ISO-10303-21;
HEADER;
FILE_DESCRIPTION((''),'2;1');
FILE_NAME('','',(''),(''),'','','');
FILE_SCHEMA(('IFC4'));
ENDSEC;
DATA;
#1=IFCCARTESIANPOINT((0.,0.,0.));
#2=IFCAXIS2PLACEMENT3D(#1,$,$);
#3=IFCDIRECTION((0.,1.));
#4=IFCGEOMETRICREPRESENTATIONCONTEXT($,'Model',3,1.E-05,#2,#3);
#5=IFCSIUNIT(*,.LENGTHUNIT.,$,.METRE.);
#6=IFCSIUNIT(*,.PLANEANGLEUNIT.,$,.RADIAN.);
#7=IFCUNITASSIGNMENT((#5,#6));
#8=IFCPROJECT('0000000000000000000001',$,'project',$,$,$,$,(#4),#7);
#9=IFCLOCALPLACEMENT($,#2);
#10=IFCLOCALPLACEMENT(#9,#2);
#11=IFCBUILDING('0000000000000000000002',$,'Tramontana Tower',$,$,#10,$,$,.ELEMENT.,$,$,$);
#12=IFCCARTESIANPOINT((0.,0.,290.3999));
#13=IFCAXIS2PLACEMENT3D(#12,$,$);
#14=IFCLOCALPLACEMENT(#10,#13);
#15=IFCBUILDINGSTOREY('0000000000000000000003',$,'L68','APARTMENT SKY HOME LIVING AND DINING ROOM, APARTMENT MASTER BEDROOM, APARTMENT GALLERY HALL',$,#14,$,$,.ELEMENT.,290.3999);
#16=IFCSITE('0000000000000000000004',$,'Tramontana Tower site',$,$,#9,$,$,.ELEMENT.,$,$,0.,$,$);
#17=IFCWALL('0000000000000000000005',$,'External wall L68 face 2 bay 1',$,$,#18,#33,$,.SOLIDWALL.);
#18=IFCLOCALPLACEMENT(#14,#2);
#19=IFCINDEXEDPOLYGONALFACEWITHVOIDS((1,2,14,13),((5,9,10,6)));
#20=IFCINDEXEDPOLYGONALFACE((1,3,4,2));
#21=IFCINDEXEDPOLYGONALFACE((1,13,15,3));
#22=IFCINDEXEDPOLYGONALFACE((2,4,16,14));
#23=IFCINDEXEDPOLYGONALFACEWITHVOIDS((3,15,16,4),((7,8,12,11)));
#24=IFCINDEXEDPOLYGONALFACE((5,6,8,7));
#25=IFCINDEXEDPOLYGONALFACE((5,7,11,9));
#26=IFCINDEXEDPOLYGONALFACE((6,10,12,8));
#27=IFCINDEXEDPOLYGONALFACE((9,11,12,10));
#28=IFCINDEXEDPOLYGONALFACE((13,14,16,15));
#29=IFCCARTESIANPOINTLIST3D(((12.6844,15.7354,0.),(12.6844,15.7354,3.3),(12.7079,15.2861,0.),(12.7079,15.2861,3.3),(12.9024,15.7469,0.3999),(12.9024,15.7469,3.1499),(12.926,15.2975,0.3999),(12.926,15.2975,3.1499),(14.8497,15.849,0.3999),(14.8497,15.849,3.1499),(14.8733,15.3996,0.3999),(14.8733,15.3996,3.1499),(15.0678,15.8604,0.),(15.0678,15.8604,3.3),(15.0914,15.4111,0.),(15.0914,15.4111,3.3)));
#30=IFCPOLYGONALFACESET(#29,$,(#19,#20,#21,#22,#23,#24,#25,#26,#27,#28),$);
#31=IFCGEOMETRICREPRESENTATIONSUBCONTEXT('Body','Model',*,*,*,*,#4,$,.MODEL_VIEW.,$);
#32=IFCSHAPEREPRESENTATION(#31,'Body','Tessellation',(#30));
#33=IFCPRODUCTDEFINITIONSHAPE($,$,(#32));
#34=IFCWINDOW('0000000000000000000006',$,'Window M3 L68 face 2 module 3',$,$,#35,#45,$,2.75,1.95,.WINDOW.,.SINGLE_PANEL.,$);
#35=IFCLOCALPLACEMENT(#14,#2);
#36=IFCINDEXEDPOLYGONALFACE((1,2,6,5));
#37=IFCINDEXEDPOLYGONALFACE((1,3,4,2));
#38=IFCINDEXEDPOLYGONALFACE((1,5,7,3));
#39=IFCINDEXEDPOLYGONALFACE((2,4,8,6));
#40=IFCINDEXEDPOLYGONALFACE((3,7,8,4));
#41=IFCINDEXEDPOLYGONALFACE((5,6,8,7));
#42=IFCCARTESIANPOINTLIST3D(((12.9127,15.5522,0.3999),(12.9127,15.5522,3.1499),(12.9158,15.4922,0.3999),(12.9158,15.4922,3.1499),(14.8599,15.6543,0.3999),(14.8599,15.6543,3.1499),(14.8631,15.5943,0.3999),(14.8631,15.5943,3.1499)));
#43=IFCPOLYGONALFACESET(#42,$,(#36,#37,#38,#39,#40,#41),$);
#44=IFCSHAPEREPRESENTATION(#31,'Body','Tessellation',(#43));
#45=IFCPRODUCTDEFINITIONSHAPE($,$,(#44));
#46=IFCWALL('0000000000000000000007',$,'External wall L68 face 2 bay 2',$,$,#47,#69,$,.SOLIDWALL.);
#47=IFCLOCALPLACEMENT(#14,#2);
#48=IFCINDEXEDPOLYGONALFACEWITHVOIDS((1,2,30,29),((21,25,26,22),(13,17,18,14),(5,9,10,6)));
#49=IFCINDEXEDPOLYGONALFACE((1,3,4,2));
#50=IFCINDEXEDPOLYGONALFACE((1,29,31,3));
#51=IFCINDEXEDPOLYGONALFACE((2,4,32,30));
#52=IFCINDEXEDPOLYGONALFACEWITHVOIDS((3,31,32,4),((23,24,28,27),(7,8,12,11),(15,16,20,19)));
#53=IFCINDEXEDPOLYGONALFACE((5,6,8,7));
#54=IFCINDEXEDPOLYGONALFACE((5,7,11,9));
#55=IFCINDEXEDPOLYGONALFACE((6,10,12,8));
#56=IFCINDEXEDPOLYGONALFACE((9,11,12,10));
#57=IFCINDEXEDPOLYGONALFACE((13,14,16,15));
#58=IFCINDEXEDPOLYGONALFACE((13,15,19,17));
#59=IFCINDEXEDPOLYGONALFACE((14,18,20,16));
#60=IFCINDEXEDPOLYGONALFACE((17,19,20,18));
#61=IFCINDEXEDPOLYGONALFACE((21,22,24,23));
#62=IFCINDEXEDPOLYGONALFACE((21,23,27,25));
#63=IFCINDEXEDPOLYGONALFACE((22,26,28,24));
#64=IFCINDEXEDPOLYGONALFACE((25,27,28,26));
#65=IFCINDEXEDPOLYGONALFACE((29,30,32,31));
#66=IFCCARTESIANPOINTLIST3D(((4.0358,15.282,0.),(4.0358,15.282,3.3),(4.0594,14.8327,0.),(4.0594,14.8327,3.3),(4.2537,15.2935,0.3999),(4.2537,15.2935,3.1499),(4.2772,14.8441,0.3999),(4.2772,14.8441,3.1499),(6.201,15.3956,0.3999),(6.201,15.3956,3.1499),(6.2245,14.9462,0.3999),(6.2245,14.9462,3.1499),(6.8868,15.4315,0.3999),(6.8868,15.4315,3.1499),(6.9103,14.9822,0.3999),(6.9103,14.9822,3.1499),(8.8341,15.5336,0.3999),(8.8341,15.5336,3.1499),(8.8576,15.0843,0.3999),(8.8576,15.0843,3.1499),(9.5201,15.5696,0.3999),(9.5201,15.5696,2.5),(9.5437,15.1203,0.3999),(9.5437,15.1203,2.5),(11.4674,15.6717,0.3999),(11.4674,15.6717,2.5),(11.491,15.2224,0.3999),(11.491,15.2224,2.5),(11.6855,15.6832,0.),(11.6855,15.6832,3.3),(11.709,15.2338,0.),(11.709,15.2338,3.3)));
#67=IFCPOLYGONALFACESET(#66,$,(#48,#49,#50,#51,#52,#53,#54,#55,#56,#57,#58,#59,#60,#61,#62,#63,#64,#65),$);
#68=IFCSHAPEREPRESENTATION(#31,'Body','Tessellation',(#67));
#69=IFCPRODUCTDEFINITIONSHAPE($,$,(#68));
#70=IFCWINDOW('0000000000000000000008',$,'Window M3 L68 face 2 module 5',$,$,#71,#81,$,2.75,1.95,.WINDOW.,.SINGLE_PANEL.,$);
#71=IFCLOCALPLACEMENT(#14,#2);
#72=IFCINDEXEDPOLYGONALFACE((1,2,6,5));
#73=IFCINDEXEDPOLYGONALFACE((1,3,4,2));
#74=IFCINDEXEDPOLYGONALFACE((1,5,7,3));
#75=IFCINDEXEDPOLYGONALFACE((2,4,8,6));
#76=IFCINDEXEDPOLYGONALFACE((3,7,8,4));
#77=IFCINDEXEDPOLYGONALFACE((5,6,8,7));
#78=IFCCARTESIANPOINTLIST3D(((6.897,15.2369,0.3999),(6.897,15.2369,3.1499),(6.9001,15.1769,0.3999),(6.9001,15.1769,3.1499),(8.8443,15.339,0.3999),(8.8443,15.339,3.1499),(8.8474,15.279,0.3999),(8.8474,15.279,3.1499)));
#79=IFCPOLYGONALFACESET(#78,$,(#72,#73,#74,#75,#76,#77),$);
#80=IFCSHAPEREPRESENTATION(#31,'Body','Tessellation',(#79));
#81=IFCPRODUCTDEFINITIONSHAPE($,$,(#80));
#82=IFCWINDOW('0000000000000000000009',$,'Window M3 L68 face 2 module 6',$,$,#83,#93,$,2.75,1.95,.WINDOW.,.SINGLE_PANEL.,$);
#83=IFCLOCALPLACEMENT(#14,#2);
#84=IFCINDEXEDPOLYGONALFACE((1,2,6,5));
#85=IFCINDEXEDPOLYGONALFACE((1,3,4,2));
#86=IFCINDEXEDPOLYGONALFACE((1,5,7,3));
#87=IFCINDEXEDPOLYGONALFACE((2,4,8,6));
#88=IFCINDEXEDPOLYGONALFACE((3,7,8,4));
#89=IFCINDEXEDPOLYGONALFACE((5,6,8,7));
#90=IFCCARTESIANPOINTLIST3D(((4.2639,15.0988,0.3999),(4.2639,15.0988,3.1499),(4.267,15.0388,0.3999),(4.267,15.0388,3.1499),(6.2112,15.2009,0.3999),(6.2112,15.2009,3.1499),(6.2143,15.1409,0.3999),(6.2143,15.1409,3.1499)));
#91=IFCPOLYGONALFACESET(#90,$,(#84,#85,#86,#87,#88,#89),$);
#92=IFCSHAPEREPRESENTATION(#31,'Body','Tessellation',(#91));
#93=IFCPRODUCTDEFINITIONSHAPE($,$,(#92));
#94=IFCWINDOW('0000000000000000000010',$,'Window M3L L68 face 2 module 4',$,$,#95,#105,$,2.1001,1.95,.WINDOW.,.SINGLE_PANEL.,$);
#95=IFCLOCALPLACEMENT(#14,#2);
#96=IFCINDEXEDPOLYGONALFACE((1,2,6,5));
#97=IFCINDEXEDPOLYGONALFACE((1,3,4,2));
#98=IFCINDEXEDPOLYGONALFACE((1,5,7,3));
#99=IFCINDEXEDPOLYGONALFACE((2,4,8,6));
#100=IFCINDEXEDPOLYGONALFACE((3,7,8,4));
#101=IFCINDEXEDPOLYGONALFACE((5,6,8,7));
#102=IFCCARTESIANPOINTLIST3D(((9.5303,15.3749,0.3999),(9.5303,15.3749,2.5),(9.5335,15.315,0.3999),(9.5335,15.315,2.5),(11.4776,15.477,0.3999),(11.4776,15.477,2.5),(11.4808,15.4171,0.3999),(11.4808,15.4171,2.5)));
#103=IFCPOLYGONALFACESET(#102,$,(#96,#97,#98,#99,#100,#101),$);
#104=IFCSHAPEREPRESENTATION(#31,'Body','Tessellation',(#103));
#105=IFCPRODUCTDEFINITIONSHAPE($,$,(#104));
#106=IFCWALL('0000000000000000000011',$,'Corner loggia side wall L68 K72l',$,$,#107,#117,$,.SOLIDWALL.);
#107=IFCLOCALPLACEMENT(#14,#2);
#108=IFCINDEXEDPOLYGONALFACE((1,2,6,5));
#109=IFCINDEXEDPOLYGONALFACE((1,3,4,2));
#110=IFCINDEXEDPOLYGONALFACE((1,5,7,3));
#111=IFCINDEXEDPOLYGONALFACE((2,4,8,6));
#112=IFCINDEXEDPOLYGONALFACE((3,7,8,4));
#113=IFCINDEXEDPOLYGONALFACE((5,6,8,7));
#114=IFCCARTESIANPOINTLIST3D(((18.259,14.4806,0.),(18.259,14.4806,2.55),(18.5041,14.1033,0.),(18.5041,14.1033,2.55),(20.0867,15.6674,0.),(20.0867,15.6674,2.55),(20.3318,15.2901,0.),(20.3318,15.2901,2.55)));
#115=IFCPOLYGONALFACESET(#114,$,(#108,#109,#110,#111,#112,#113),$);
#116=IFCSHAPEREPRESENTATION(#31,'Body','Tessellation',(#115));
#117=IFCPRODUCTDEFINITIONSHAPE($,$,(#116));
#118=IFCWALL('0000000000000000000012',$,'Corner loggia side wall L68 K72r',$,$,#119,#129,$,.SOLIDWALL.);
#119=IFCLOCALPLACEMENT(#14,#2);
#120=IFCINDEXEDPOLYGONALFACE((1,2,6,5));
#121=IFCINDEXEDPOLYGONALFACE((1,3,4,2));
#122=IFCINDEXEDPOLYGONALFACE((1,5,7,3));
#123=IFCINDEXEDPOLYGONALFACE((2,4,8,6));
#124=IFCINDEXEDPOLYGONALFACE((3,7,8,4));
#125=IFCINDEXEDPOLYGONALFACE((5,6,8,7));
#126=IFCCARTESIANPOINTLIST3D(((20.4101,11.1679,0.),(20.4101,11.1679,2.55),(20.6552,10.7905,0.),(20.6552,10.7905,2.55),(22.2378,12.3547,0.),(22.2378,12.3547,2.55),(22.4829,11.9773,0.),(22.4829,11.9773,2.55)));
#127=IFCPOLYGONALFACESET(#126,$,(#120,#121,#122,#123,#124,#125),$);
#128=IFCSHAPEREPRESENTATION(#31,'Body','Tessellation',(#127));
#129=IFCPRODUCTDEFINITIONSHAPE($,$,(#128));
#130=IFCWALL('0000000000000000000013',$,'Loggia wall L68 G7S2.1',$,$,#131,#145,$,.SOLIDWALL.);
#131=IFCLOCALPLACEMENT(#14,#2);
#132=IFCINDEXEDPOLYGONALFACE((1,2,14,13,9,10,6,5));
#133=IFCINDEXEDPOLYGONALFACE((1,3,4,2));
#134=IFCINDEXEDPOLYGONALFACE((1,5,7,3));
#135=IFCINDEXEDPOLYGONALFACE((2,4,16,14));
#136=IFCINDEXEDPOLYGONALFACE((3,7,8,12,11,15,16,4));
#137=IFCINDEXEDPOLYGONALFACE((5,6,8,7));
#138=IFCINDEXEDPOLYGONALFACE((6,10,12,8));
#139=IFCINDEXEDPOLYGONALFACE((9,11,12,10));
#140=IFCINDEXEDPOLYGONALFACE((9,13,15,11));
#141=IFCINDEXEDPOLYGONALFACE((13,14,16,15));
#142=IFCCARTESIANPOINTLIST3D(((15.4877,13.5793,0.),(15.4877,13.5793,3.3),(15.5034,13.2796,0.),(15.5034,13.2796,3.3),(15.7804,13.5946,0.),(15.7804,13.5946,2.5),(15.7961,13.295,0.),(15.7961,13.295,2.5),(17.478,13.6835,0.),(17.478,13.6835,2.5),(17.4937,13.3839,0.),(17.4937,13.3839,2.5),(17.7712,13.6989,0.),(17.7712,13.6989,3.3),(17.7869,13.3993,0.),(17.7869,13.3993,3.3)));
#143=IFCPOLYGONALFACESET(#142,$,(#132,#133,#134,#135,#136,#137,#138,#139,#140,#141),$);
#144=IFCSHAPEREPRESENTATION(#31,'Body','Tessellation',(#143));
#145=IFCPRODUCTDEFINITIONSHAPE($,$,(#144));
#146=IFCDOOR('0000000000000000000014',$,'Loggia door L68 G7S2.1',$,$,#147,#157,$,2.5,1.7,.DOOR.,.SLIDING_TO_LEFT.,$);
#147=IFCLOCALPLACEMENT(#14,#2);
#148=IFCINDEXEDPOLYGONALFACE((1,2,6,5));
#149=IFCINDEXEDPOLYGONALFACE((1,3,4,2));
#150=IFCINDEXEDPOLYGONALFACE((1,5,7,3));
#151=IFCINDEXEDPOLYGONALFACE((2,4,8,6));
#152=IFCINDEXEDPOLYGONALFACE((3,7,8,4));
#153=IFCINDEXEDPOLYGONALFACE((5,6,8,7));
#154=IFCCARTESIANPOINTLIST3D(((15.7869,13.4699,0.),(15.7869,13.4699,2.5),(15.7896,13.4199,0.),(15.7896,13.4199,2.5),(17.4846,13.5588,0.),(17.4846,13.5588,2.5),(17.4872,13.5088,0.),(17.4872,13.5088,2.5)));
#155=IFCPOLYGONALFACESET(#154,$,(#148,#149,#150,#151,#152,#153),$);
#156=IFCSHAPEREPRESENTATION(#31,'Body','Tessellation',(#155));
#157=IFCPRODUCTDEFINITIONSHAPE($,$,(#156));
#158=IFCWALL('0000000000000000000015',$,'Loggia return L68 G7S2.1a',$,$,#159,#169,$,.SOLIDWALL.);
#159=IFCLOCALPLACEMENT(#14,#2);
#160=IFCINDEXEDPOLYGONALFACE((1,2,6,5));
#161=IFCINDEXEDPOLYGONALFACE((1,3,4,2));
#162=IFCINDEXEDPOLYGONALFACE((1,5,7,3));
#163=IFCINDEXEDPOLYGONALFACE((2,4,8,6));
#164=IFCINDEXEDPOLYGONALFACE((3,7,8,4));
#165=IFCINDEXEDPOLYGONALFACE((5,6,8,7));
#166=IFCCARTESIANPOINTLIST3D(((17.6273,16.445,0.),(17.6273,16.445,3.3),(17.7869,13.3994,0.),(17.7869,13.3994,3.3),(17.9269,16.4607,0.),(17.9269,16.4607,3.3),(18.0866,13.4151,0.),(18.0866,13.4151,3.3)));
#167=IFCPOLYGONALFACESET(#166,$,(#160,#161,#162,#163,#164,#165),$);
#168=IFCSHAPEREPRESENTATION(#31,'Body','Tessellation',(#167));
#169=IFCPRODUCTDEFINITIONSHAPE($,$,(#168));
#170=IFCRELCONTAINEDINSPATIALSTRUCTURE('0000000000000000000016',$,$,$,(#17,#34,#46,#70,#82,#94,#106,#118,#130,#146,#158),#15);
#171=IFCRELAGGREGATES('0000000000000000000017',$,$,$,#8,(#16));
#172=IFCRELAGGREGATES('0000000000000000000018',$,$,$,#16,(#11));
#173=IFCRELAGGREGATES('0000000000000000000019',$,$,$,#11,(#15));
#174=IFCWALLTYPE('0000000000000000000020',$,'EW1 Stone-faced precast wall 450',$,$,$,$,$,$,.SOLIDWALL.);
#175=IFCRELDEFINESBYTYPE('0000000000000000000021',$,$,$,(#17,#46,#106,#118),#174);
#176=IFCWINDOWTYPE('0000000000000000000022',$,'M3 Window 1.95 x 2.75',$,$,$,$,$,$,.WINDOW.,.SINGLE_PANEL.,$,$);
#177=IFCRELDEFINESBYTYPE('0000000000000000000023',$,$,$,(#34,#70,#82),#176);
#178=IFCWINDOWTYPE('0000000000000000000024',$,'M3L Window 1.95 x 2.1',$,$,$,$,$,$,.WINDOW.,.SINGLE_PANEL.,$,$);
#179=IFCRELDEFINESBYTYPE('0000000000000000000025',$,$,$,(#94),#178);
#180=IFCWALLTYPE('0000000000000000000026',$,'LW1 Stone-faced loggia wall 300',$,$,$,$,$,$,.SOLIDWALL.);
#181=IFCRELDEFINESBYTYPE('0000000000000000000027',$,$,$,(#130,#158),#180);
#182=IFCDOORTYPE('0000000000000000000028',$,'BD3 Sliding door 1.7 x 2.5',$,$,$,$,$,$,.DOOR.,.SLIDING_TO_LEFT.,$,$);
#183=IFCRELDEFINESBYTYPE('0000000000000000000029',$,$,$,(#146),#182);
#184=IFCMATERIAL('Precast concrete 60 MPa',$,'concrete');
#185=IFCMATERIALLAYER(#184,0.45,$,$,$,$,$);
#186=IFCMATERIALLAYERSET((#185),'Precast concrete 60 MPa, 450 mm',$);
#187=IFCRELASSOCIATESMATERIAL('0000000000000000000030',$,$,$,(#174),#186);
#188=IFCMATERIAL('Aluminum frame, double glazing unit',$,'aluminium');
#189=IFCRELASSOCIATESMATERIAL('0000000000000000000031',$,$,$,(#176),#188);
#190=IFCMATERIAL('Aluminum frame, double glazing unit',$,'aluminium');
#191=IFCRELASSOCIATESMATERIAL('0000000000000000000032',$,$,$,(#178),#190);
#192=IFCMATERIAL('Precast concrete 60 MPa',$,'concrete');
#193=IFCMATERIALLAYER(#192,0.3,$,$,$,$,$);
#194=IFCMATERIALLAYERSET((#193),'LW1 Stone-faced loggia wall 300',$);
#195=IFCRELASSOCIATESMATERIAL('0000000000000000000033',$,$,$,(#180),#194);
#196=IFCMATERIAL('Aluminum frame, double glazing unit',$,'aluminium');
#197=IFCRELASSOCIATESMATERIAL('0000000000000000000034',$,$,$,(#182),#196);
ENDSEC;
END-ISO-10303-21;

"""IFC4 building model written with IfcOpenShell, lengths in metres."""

from ifc_helpers import new_model, si_unit, direction, frame, frame_2d, origin, place, context, subcontext, project, spatial, rectangle, extrude, material, layer, layer_set, type_object, element, fill, save


model = new_model("IFC4")

# Units and contexts
model_context = context("Model", 3, precision=1e-05, world=origin(), true_north=direction((0.0, 1.0)))
body_context = subcontext(model_context, "Body", "Model", "MODEL_VIEW")
ifc_project = project(units=[si_unit("LENGTHUNIT", "METRE"), si_unit("PLANEANGLEUNIT", "RADIAN")], contexts=[model_context])

# Site, building, storey
site_placement = place(None, origin())
site = spatial("IfcSite", under=ifc_project, at=site_placement, Name="Tramontana Tower site", CompositionType="ELEMENT", RefElevation=0.0)
building_placement = place(site_placement, origin())
building = spatial("IfcBuilding", under=site, at=building_placement, Name="Tramontana Tower", CompositionType="ELEMENT")
storey_placement = place(building_placement, frame((0.0, 0.0, 290.3999)))
storey = spatial("IfcBuildingStorey", under=building, at=storey_placement, Name="L68", Description="APARTMENT SKY HOME LIVING AND DINING ROOM, APARTMENT MASTER BEDROOM, APARTMENT GALLERY HALL", CompositionType="ELEMENT", Elevation=290.3999)

# Wall, opening, window
ifc_material_1 = material(Name="Precast concrete 60 MPa", Category="concrete")
ifc_layer_1 = layer(ifc_material_1, 0.45)
ifc_layer_set_1 = layer_set([ifc_layer_1], Name="Precast concrete 60 MPa, 450 mm")
wall_type_1 = type_object("IfcWallType", Name="EW1 Stone-faced precast wall 450", PredefinedType="SOLIDWALL", material=ifc_layer_set_1)
wall_1_placement = place(storey_placement, frame((15.0796, 15.6357, 0.0), z_axis=(0.0, 0.0, 1.0), x_axis=(-0.998628, -0.052371, 0.0)))
wall_1 = element("IfcWall", 1, at=wall_1_placement, inside=storey, type_object=wall_type_1, Name="External wall L68 face 2 bay 1", PredefinedType="SOLIDWALL", context=body_context, shape_type="SweptSolid", body=[
    extrude(rectangle(XDim=2.3867, YDim=0.45, at=frame_2d((1.1934, 0.0))), origin(), (0.0, 0.0, 1.0), 3.3),
])
opening_1_placement = place(wall_1_placement, frame((0.2183, 0.0, 0.3999)))
opening_1 = element("IfcOpeningElement", 2, at=opening_1_placement, cuts=wall_1, PredefinedType="OPENING", context=body_context, shape_type="SweptSolid", body=[
    extrude(rectangle(XDim=1.95, YDim=2.75, at=frame_2d((0.9751, 1.375))), frame((0.0, 0.2349, 0.0), z_axis=(0.0, -1.0, 0.0), x_axis=(1.0, 0.0, 0.0)), (0.0, 0.0, 1.0), 0.47),
])
ifc_material_2 = material(Name="Aluminum frame, double glazing unit", Category="aluminium")
window_type_1 = type_object("IfcWindowType", Name="M3 Window 1.95 x 2.75", PartitioningType="SINGLE_PANEL", PredefinedType="WINDOW", material=ifc_material_2)
window_1_placement = place(opening_1_placement, origin())
window_1 = element("IfcWindow", 3, at=window_1_placement, inside=storey, type_object=window_type_1, Name="Window M3 L68 face 2 module 3", OverallHeight=2.75, OverallWidth=1.95, PartitioningType="SINGLE_PANEL", PredefinedType="WINDOW", context=body_context, shape_type="SweptSolid", body=[
    extrude(rectangle(XDim=1.95, YDim=2.75, at=frame_2d((0.9751, 1.375))), frame((0.0, 0.03, 0.0), z_axis=(0.0, -1.0, 0.0), x_axis=(1.0, 0.0, 0.0)), (0.0, 0.0, 1.0), 0.0601),
])
fill(opening_1, window_1)

# Wall, openings, windows
wall_2_placement = place(storey_placement, frame((11.6973, 15.4585, 0.0), z_axis=(0.0, 0.0, 1.0), x_axis=(-0.998628, -0.052365, 0.0)))
wall_2 = element("IfcWall", 4, at=wall_2_placement, inside=storey, type_object=wall_type_1, Name="External wall L68 face 2 bay 2", PredefinedType="SOLIDWALL", context=body_context, shape_type="SweptSolid", body=[
    extrude(rectangle(XDim=7.6602, YDim=0.45, at=frame_2d((3.8301, 0.0))), origin(), (0.0, 0.0, 1.0), 3.3),
])
opening_2_placement = place(wall_2_placement, frame((0.2183, 0.0, 0.3999)))
opening_2 = element("IfcOpeningElement", 5, at=opening_2_placement, cuts=wall_2, PredefinedType="OPENING", context=body_context, shape_type="SweptSolid", body=[
    extrude(rectangle(XDim=1.95, YDim=2.1001, at=frame_2d((0.9751, 1.05))), frame((0.0, 0.2349, 0.0), z_axis=(0.0, -1.0, 0.0), x_axis=(1.0, 0.0, 0.0)), (0.0, 0.0, 1.0), 0.47),
])
opening_3_placement = place(wall_2_placement, frame((2.8552, 0.0, 0.3999)))
opening_3 = element("IfcOpeningElement", 6, at=opening_3_placement, cuts=wall_2, PredefinedType="OPENING", context=body_context, shape_type="SweptSolid", body=[
    extrude(rectangle(XDim=1.95, YDim=2.75, at=frame_2d((0.9751, 1.375))), frame((0.0, 0.2349, 0.0), z_axis=(0.0, -1.0, 0.0), x_axis=(1.0, 0.0, 0.0)), (0.0, 0.0, 1.0), 0.47),
])
opening_4_placement = place(wall_2_placement, frame((5.4919, 0.0, 0.3999)))
opening_4 = element("IfcOpeningElement", 7, at=opening_4_placement, cuts=wall_2, PredefinedType="OPENING", context=body_context, shape_type="SweptSolid", body=[
    extrude(rectangle(XDim=1.95, YDim=2.75, at=frame_2d((0.9751, 1.375))), frame((0.0, 0.2349, 0.0), z_axis=(0.0, -1.0, 0.0), x_axis=(1.0, 0.0, 0.0)), (0.0, 0.0, 1.0), 0.47),
])
window_2_placement = place(opening_3_placement, origin())
window_2 = element("IfcWindow", 8, at=window_2_placement, inside=storey, type_object=window_type_1, Name="Window M3 L68 face 2 module 5", OverallHeight=2.75, OverallWidth=1.95, PartitioningType="SINGLE_PANEL", PredefinedType="WINDOW", context=body_context, shape_type="SweptSolid", body=[
    extrude(rectangle(XDim=1.95, YDim=2.75, at=frame_2d((0.9751, 1.375))), frame((0.0, 0.03, 0.0), z_axis=(0.0, -1.0, 0.0), x_axis=(1.0, 0.0, 0.0)), (0.0, 0.0, 1.0), 0.0601),
])
fill(opening_3, window_2)
window_3_placement = place(opening_4_placement, origin())
window_3 = element("IfcWindow", 9, at=window_3_placement, inside=storey, type_object=window_type_1, Name="Window M3 L68 face 2 module 6", OverallHeight=2.75, OverallWidth=1.95, PartitioningType="SINGLE_PANEL", PredefinedType="WINDOW", context=body_context, shape_type="SweptSolid", body=[
    extrude(rectangle(XDim=1.95, YDim=2.75, at=frame_2d((0.9751, 1.375))), frame((0.0, 0.03, 0.0), z_axis=(0.0, -1.0, 0.0), x_axis=(1.0, 0.0, 0.0)), (0.0, 0.0, 1.0), 0.0601),
])
fill(opening_4, window_3)
ifc_material_3 = material(Name="Aluminum frame, double glazing unit", Category="aluminium")
window_type_2 = type_object("IfcWindowType", Name="M3L Window 1.95 x 2.1", PartitioningType="SINGLE_PANEL", PredefinedType="WINDOW", material=ifc_material_3)
window_4_placement = place(opening_2_placement, origin())
window_4 = element("IfcWindow", 10, at=window_4_placement, inside=storey, type_object=window_type_2, Name="Window M3L L68 face 2 module 4", OverallHeight=2.1001, OverallWidth=1.95, PartitioningType="SINGLE_PANEL", PredefinedType="WINDOW", context=body_context, shape_type="SweptSolid", body=[
    extrude(rectangle(XDim=1.95, YDim=2.1001, at=frame_2d((0.9751, 1.05))), frame((0.0, 0.03, 0.0), z_axis=(0.0, -1.0, 0.0), x_axis=(1.0, 0.0, 0.0)), (0.0, 0.0, 1.0), 0.0601),
])
fill(opening_2, window_4)

# Walls
for number, where, z_axis, x_axis, name in (
    (11, (20.2092, 15.4788, 0.0), (0.0, 0.0, 1.0), (-0.838694, -0.544602, 0.0), "Corner loggia side wall L68 K72l"),
    (12, (22.3604, 12.166, 0.0), (0.0, 0.0, 1.0), (-0.838694, -0.544602, 0.0), "Corner loggia side wall L68 K72r"),
):
    element("IfcWall", number, at=place(storey_placement, frame(where, z_axis=z_axis, x_axis=x_axis)), inside=storey, type_object=wall_type_1, Name=name, PredefinedType="SOLIDWALL", context=body_context, shape_type="SweptSolid", body=[
        extrude(rectangle(XDim=2.1792, YDim=0.45, at=frame_2d((1.0896, 0.0))), origin(), (0.0, 0.0, 1.0), 2.55),
    ])

# Wall, opening, door
ifc_material_4 = material(Name="Precast concrete 60 MPa", Category="concrete")
ifc_layer_2 = layer(ifc_material_4, 0.3)
ifc_layer_set_2 = layer_set([ifc_layer_2], Name="LW1 Stone-faced loggia wall 300")
wall_type_2 = type_object("IfcWallType", Name="LW1 Stone-faced loggia wall 300", PredefinedType="SOLIDWALL", material=ifc_layer_set_2)
wall_3_placement = place(storey_placement, frame((17.7791, 13.5491, 0.0), z_axis=(0.0, 0.0, 1.0), x_axis=(-0.99863, -0.052318, 0.0)))
wall_3 = element("IfcWall", 13, at=wall_3_placement, inside=storey, type_object=wall_type_2, Name="Loggia wall L68 G7S2.1", PredefinedType="SOLIDWALL", context=body_context, shape_type="SweptSolid", body=[
    extrude(rectangle(XDim=2.2866, YDim=0.3, at=frame_2d((1.1433, 0.0))), origin(), (0.0, 0.0, 1.0), 3.3),
])
opening_5_placement = place(wall_3_placement, frame((0.2935, 0.0, 0.0)))
opening_5 = element("IfcOpeningElement", 14, at=opening_5_placement, cuts=wall_3, PredefinedType="OPENING", context=body_context, shape_type="SweptSolid", body=[
    extrude(rectangle(XDim=1.7, YDim=2.5, at=frame_2d((0.8501, 1.25))), frame((0.0, 0.1599, 0.0), z_axis=(0.0, -1.0, 0.0), x_axis=(1.0, 0.0, 0.0)), (0.0, 0.0, 1.0), 0.3201),
])
ifc_material_5 = material(Name="Aluminum frame, double glazing unit", Category="aluminium")
door_type_1 = type_object("IfcDoorType", Name="BD3 Sliding door 1.7 x 2.5", OperationType="SLIDING_TO_LEFT", PredefinedType="DOOR", material=ifc_material_5)
door_1_placement = place(opening_5_placement, origin())
door_1 = element("IfcDoor", 15, at=door_1_placement, inside=storey, type_object=door_type_1, Name="Loggia door L68 G7S2.1", OperationType="SLIDING_TO_LEFT", OverallHeight=2.5, OverallWidth=1.7, PredefinedType="DOOR", context=body_context, shape_type="SweptSolid", body=[
    extrude(rectangle(XDim=1.7, YDim=2.5, at=frame_2d((0.8501, 1.25))), frame((0.0, 0.0249, 0.0), z_axis=(0.0, -1.0, 0.0), x_axis=(1.0, 0.0, 0.0)), (0.0, 0.0, 1.0), 0.05),
])
fill(opening_5, door_1)

# Wall
wall_4_placement = place(storey_placement, frame((17.7771, 16.4529, 0.0), z_axis=(0.0, 0.0, 1.0), x_axis=(0.052353, -0.998629, 0.0)))
element("IfcWall", 16, at=wall_4_placement, inside=storey, type_object=wall_type_2, Name="Loggia return L68 G7S2.1a", PredefinedType="SOLIDWALL", context=body_context, shape_type="SweptSolid", body=[
    extrude(rectangle(XDim=3.0498, YDim=0.3, at=frame_2d((1.5249, 0.0))), origin(), (0.0, 0.0, 1.0), 3.3),
])

save(model, "model.ifc")
